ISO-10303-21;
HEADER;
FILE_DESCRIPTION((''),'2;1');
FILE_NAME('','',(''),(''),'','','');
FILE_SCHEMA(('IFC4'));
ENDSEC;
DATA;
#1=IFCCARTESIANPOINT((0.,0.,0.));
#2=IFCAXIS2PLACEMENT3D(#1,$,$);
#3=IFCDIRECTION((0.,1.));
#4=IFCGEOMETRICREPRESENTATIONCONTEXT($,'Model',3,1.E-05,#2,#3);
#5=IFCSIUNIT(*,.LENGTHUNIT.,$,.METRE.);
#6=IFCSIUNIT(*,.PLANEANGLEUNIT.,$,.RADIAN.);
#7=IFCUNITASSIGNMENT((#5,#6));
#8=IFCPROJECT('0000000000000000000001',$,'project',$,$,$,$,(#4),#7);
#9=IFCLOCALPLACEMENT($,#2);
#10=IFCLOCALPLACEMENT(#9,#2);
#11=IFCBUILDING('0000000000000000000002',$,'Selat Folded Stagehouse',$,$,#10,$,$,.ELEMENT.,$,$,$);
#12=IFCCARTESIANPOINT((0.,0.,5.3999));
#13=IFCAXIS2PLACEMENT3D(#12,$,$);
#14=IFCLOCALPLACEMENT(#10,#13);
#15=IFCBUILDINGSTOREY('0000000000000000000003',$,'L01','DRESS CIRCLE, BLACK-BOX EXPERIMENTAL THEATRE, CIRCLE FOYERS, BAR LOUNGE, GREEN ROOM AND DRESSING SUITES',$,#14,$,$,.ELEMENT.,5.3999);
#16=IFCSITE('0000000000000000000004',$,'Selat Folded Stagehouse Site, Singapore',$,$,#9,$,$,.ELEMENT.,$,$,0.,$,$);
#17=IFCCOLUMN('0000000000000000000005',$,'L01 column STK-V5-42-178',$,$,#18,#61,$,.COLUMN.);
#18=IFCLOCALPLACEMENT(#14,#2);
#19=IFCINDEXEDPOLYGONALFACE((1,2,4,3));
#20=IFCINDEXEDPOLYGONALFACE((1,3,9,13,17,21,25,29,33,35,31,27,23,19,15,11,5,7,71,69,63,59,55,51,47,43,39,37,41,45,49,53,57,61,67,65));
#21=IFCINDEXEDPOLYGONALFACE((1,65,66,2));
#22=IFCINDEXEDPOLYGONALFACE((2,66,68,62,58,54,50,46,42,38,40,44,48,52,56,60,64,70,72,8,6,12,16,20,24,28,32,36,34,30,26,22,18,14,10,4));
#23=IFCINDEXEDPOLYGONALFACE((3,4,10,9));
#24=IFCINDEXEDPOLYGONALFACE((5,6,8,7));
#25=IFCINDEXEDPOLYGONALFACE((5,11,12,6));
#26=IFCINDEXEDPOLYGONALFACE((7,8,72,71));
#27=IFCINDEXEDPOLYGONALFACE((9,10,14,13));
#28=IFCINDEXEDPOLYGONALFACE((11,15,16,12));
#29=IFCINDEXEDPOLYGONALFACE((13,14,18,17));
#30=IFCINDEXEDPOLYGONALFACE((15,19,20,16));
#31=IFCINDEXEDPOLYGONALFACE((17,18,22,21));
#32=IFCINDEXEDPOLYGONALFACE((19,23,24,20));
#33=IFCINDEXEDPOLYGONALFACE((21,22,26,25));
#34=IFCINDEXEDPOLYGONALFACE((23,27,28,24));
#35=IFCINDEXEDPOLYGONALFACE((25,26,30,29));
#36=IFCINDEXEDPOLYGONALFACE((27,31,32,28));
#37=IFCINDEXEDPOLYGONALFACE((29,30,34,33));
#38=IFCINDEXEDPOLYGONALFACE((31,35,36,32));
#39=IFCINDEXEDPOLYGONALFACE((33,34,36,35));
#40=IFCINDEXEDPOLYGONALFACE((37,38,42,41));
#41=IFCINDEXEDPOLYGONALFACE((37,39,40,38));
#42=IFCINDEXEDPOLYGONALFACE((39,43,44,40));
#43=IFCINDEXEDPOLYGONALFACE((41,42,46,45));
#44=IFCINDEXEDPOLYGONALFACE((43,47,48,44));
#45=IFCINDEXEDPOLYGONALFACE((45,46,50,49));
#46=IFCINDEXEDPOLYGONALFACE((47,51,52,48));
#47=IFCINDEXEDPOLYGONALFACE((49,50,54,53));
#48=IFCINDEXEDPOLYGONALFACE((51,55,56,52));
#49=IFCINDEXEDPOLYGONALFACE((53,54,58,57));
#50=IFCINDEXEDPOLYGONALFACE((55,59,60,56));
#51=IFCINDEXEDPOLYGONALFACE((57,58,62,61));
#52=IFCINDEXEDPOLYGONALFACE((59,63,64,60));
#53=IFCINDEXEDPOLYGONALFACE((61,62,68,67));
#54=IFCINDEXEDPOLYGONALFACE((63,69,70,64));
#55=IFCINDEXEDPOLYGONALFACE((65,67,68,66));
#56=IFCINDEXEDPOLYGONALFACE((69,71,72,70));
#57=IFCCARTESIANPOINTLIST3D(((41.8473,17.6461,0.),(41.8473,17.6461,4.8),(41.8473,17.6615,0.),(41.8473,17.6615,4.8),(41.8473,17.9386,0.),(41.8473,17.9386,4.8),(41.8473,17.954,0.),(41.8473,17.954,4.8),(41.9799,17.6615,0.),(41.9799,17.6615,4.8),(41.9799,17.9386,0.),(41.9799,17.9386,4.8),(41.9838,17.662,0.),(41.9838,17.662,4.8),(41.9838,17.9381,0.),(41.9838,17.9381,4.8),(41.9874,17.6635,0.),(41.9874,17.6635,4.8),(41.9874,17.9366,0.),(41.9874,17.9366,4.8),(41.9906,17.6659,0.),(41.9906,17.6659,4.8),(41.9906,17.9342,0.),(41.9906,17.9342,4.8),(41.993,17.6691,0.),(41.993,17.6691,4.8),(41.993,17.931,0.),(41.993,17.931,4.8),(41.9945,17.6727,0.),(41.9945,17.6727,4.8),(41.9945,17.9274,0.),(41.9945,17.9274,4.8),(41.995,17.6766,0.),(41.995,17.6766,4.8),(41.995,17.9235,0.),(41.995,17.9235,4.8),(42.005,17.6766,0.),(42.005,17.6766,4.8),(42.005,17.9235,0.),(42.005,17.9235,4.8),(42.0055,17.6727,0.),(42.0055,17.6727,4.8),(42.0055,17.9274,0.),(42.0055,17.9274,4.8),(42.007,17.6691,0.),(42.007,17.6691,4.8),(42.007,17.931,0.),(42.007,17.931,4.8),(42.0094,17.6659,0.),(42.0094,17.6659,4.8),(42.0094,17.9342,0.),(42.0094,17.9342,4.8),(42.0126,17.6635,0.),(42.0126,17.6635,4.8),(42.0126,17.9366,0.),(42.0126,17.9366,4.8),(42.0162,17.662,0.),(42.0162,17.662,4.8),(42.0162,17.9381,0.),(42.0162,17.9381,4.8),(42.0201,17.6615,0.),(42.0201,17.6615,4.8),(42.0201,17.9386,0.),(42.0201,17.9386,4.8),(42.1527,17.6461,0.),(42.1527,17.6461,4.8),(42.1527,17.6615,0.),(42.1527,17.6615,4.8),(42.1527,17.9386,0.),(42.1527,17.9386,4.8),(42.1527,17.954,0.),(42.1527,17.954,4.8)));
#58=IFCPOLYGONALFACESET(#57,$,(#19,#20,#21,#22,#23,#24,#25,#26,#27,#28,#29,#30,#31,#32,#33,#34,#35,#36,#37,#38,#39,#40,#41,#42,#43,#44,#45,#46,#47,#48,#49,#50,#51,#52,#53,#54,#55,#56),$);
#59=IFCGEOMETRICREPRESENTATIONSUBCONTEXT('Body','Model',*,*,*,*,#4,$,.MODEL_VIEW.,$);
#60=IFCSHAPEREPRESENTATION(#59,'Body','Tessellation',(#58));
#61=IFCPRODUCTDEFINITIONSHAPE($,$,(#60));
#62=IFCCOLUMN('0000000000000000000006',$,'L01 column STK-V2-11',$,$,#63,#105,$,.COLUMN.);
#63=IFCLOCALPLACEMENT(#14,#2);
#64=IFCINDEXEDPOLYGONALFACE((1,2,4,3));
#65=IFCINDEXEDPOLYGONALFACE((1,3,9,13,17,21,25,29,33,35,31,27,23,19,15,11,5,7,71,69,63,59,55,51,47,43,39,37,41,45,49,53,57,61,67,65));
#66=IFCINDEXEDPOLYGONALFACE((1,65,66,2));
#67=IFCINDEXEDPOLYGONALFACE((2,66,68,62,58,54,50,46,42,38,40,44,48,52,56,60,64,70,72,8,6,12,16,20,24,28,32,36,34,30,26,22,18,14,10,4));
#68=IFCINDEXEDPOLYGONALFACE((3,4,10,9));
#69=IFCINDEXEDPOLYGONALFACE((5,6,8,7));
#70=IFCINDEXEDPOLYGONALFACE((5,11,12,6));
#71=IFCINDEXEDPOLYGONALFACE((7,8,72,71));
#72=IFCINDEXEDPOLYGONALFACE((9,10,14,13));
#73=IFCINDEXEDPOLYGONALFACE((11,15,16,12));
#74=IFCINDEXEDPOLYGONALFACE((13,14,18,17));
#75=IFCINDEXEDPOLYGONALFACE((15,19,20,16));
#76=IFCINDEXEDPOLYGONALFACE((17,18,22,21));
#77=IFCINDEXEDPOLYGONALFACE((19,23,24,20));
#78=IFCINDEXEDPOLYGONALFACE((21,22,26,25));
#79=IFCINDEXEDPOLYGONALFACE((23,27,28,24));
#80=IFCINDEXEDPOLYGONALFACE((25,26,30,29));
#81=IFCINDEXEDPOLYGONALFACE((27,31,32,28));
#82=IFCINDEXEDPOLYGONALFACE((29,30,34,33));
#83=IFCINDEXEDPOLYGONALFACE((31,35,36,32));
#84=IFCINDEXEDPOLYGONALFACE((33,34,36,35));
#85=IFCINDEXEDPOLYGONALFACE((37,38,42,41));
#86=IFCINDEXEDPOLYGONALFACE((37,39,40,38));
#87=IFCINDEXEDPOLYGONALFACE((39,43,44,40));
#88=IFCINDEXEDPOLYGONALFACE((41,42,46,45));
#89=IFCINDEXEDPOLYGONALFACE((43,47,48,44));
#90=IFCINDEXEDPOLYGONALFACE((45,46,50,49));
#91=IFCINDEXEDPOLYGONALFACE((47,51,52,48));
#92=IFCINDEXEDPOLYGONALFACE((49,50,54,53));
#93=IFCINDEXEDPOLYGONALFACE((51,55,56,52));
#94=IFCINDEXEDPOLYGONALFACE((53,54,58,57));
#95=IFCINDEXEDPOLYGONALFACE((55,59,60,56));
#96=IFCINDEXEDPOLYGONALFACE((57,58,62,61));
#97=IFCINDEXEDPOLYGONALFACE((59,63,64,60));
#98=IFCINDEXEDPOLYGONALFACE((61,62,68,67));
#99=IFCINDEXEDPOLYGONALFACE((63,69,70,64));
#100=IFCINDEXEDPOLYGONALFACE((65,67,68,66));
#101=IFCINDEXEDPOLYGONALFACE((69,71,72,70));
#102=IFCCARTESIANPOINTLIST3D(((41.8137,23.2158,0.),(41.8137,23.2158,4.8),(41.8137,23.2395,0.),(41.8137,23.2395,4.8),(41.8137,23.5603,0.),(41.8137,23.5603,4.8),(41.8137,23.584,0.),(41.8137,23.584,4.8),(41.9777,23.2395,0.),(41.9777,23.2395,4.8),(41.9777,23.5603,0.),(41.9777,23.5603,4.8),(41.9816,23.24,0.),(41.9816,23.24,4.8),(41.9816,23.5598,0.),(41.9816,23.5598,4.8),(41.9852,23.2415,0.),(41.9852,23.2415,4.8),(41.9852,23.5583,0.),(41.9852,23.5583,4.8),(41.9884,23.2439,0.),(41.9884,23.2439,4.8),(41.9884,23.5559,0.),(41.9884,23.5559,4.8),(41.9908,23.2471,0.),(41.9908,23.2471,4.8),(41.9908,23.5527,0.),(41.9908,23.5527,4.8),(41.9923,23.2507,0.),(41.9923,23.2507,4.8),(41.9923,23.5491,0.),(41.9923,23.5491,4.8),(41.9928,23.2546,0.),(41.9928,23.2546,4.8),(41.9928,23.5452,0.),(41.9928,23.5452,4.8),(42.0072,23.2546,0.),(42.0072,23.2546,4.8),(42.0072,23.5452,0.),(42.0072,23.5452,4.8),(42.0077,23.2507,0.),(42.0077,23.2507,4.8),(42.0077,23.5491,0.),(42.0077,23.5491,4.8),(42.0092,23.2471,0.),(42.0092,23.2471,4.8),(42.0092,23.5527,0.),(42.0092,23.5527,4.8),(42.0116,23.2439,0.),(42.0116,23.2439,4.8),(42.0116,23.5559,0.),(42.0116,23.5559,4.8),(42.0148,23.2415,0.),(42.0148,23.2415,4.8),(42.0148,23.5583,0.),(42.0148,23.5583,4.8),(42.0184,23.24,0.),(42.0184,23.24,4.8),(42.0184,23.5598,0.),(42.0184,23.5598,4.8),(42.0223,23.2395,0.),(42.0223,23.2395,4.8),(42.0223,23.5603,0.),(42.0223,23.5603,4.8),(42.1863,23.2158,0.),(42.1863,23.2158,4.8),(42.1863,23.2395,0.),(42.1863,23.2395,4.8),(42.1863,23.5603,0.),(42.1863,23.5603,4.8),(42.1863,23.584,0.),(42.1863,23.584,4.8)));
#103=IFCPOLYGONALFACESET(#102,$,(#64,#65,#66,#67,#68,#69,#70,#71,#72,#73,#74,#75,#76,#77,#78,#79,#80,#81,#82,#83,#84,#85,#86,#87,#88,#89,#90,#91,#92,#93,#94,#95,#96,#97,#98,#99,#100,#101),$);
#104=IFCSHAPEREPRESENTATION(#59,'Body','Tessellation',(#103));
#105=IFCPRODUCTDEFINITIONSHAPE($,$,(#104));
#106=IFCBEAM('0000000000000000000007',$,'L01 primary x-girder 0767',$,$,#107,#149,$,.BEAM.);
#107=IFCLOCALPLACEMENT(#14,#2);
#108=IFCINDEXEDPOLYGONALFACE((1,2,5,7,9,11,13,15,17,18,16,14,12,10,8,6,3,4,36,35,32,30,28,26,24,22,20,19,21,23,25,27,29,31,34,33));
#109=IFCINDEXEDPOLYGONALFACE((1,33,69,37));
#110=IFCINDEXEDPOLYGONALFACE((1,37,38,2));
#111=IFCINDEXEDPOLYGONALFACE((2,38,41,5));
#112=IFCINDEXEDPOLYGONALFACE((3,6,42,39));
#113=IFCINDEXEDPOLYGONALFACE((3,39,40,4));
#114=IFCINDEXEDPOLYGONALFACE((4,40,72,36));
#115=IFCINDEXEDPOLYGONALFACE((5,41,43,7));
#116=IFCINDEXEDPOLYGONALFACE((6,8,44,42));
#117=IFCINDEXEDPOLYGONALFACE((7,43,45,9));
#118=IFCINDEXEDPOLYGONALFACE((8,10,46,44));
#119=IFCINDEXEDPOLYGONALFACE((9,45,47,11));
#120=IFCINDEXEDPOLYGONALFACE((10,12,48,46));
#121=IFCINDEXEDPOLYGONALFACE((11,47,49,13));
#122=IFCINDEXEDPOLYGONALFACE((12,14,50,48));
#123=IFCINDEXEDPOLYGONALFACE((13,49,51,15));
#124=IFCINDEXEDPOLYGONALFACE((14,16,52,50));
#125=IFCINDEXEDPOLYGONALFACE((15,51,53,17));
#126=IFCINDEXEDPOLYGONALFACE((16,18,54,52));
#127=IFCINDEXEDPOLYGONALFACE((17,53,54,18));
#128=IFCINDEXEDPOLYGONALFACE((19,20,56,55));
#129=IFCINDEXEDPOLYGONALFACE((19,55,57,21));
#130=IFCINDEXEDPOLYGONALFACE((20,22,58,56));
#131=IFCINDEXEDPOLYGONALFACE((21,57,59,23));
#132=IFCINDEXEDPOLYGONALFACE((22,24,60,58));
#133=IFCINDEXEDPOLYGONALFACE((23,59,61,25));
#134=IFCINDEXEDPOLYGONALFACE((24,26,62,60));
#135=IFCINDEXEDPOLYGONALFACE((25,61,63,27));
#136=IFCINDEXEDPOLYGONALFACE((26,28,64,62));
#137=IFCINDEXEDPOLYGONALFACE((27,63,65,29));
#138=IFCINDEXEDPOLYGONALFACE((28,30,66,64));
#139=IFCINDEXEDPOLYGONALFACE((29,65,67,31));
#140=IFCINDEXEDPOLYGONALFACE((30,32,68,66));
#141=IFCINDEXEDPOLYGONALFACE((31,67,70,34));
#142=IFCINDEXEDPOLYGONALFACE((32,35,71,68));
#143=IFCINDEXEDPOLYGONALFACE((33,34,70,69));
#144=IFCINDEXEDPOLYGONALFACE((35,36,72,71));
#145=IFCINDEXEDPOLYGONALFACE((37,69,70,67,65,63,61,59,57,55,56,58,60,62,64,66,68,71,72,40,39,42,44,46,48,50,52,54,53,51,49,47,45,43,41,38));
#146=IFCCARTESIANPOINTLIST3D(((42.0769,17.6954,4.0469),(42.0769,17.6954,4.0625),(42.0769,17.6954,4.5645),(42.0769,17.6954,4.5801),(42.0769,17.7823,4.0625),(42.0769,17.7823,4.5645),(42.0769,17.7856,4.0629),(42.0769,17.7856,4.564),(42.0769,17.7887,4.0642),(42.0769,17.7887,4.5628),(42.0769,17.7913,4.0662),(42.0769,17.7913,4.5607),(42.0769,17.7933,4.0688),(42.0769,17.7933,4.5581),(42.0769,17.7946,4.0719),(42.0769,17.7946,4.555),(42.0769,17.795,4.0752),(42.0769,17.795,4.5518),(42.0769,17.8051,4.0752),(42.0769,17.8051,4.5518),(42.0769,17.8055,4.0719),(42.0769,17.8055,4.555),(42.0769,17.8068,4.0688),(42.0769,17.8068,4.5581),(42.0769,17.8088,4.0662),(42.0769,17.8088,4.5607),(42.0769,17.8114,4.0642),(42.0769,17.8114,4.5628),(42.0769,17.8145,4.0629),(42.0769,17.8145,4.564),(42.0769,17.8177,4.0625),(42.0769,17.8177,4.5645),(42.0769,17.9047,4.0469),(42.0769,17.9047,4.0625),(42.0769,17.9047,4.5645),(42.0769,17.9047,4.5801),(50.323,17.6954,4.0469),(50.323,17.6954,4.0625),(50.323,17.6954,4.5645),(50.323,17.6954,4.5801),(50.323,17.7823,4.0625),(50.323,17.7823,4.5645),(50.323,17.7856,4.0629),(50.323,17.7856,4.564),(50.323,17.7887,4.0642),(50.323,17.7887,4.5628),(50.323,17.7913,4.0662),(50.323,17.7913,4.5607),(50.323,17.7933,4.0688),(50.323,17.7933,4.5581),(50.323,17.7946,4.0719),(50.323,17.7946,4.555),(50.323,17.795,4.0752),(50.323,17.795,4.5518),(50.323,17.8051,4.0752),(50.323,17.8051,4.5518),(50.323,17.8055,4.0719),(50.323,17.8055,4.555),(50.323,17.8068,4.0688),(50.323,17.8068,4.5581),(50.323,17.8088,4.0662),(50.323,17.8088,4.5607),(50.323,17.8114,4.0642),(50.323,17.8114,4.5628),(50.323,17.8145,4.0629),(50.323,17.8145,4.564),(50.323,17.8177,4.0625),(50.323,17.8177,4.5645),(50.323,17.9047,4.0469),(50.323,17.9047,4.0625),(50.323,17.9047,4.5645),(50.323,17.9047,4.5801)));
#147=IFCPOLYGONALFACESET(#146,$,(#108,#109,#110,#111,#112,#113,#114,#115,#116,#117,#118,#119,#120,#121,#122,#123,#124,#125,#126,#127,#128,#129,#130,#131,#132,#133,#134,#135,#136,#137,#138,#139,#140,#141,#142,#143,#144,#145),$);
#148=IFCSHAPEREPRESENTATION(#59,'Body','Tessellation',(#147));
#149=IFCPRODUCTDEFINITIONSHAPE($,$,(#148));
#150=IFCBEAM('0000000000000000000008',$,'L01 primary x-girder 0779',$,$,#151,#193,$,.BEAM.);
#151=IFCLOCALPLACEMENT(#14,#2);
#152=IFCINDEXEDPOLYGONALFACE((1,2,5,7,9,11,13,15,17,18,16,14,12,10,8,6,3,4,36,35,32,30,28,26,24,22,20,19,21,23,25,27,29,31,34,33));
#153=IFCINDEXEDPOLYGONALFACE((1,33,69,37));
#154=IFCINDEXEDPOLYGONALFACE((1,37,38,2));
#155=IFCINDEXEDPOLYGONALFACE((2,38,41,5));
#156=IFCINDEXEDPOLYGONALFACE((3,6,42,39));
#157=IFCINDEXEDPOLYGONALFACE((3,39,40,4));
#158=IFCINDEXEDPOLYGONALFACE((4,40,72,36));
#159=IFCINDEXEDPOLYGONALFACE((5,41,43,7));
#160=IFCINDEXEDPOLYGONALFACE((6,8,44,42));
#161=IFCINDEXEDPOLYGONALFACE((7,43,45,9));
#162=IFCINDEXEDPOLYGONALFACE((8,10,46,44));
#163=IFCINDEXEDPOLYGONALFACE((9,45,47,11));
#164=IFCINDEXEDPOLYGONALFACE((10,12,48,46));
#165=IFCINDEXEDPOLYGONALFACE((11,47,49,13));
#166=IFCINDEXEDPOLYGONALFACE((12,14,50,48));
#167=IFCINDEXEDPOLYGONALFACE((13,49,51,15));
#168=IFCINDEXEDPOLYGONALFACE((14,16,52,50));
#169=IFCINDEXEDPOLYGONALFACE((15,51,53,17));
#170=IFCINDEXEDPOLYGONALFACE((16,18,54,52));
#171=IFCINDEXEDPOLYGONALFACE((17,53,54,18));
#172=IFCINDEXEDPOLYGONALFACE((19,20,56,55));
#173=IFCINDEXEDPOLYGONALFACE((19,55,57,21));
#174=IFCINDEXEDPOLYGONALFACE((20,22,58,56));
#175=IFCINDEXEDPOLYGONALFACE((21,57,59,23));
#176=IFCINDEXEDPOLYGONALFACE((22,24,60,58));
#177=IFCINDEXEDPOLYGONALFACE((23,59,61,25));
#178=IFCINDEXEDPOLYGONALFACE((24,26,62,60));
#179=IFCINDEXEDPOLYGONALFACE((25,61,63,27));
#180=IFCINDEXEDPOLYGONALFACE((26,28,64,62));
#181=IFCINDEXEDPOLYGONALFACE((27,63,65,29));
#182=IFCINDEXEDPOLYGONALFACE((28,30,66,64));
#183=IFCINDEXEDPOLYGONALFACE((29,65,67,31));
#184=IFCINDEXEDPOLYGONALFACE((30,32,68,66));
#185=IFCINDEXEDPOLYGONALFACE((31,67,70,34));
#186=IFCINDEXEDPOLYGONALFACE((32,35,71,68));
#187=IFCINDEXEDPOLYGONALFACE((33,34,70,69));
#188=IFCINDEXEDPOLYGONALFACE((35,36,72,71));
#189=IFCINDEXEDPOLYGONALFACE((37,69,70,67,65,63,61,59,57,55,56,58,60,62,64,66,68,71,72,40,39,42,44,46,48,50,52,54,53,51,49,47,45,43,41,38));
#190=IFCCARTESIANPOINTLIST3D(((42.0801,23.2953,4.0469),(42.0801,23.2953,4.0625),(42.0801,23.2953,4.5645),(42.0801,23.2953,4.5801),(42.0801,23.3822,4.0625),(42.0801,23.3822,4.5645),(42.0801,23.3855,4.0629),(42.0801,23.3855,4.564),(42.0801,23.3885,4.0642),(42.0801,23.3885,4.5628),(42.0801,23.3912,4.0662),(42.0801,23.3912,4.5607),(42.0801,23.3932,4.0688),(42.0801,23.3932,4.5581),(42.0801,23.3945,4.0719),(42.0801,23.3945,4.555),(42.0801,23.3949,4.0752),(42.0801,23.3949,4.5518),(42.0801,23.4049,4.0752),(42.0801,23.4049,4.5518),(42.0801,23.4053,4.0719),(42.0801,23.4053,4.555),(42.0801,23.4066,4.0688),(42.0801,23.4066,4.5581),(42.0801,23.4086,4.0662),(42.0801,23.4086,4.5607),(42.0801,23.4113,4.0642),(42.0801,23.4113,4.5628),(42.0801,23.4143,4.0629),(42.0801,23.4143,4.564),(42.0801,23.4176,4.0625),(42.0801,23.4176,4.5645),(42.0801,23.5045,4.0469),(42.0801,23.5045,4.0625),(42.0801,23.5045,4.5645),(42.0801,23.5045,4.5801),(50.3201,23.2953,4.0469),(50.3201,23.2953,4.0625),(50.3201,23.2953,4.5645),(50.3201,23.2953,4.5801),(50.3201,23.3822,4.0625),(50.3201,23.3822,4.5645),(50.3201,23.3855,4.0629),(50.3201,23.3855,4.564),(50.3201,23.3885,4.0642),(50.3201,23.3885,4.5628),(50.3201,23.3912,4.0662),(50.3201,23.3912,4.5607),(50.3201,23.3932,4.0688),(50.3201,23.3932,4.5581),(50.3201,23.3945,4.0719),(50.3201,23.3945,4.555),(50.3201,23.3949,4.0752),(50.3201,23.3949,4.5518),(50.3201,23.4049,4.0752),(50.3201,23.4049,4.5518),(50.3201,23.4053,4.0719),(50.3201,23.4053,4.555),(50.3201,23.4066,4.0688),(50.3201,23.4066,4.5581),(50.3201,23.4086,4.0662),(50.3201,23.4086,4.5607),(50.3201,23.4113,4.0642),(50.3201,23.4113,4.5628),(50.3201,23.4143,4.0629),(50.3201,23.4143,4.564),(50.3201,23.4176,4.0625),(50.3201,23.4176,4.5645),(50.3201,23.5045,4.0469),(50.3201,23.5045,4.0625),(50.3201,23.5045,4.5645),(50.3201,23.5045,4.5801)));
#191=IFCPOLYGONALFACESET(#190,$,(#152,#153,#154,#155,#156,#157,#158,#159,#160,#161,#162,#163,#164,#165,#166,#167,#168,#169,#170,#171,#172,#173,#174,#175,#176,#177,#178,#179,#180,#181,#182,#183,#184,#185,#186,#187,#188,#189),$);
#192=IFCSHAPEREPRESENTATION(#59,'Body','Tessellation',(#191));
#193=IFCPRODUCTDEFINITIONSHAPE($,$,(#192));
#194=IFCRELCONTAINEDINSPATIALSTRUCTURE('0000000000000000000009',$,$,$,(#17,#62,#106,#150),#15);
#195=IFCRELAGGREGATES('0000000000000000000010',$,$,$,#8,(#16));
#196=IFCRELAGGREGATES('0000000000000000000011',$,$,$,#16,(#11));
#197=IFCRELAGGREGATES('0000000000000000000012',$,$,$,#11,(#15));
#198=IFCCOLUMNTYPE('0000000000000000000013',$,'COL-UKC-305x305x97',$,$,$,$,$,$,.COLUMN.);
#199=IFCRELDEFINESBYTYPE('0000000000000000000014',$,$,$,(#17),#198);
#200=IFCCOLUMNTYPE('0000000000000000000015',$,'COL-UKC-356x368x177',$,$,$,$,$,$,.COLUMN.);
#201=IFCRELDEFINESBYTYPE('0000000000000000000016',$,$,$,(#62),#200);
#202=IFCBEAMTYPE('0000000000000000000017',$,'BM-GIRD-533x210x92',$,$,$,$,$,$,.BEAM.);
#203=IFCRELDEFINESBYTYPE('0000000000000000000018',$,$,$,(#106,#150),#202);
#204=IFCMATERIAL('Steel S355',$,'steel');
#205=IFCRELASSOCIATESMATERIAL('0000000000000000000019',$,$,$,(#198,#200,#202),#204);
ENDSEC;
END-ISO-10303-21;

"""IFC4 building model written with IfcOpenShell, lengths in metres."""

from ifc_helpers import new_model, si_unit, direction, frame, origin, origin_2d, place, context, subcontext, project, spatial, i_section, extrude, material, material_profile, profile_set, type_object, element, save


model = new_model("IFC4")

# Units and contexts
model_context = context("Model", 3, precision=1e-05, world=origin(), true_north=direction((0.0, 1.0)))
body_context = subcontext(model_context, "Body", "Model", "MODEL_VIEW")
ifc_project = project(units=[si_unit("LENGTHUNIT", "METRE"), si_unit("PLANEANGLEUNIT", "RADIAN")], contexts=[model_context])

# Site, building, storey
site_placement = place(None, origin())
site = spatial("IfcSite", under=ifc_project, at=site_placement, Name="Selat Folded Stagehouse Site, Singapore", CompositionType="ELEMENT", RefElevation=0.0)
building_placement = place(site_placement, origin())
building = spatial("IfcBuilding", under=site, at=building_placement, Name="Selat Folded Stagehouse", CompositionType="ELEMENT")
storey_placement = place(building_placement, frame((0.0, 0.0, 5.3999)))
storey = spatial("IfcBuildingStorey", under=building, at=storey_placement, Name="L01", Description="DRESS CIRCLE, BLACK-BOX EXPERIMENTAL THEATRE, CIRCLE FOYERS, BAR LOUNGE, GREEN ROOM AND DRESSING SUITES", CompositionType="ELEMENT", Elevation=5.3999)

# Columns
ifc_material_1 = material(Name="Steel S355", Category="steel")
ifc_material_profile_1 = material_profile(ifc_material_1, i_section(OverallWidth=0.3054, OverallDepth=0.3079, WebThickness=0.01, FlangeThickness=0.0154, FilletRadius=0.0151, at=origin_2d()), Name="UKC 305x305x97")
ifc_profile_set_1 = profile_set([ifc_material_profile_1], Name="Steel S355")
column_type_1 = type_object("IfcColumnType", Name="COL-UKC-305x305x97", PredefinedType="COLUMN", material=ifc_profile_set_1)
column_1_placement = place(storey_placement, frame((42.0, 17.8, 0.0), z_axis=(0.0, 0.0, 1.0), x_axis=(1.0, 0.0, 0.0)))
element("IfcColumn", 1, at=column_1_placement, inside=storey, type_object=column_type_1, Name="L01 column STK-V5-42-178", PredefinedType="COLUMN", context=body_context, shape_type="SweptSolid", body=[
    extrude(i_section(OverallWidth=0.3054, OverallDepth=0.3079, WebThickness=0.01, FlangeThickness=0.0154, FilletRadius=0.0151, at=origin_2d()), origin(), (0.0, 0.0, 1.0), 4.8),
])
ifc_material_profile_2 = material_profile(ifc_material_1, i_section(OverallWidth=0.3726, OverallDepth=0.3682, WebThickness=0.0144, FlangeThickness=0.0237, FilletRadius=0.0151, at=origin_2d()), Name="UKC 356x368x177")
ifc_profile_set_2 = profile_set([ifc_material_profile_2], Name="Steel S355")
column_type_2 = type_object("IfcColumnType", Name="COL-UKC-356x368x177", PredefinedType="COLUMN", material=ifc_profile_set_2)
column_2_placement = place(storey_placement, frame((42.0, 23.3999, 0.0), z_axis=(0.0, 0.0, 1.0), x_axis=(1.0, 0.0, 0.0)))
element("IfcColumn", 2, at=column_2_placement, inside=storey, type_object=column_type_2, Name="L01 column STK-V2-11", PredefinedType="COLUMN", context=body_context, shape_type="SweptSolid", body=[
    extrude(i_section(OverallWidth=0.3726, OverallDepth=0.3682, WebThickness=0.0144, FlangeThickness=0.0237, FilletRadius=0.0151, at=origin_2d()), origin(), (0.0, 0.0, 1.0), 4.8),
])

# Beams
ifc_material_profile_3 = material_profile(ifc_material_1, i_section(OverallWidth=0.2092, OverallDepth=0.5332, WebThickness=0.01, FlangeThickness=0.0156, FilletRadius=0.0127, at=origin_2d()), Name="UKB 533x210x92")
ifc_profile_set_3 = profile_set([ifc_material_profile_3], Name="Steel S355")
beam_type_1 = type_object("IfcBeamType", Name="BM-GIRD-533x210x92", PredefinedType="BEAM", material=ifc_profile_set_3)
beam_1_placement = place(storey_placement, frame((42.0769, 17.8, 4.3135), z_axis=(1.0, 0.0, 0.0), x_axis=(0.0, 1.0, 0.0)))
element("IfcBeam", 3, at=beam_1_placement, inside=storey, type_object=beam_type_1, Name="L01 primary x-girder 0767", PredefinedType="BEAM", context=body_context, shape_type="SweptSolid", body=[
    extrude(i_section(OverallWidth=0.2092, OverallDepth=0.5332, WebThickness=0.01, FlangeThickness=0.0156, FilletRadius=0.0127, at=origin_2d()), origin(), (0.0, 0.0, 1.0), 8.2461),
])
beam_2_placement = place(storey_placement, frame((42.0801, 23.3999, 4.3135), z_axis=(1.0, 0.0, 0.0), x_axis=(0.0, 1.0, 0.0)))
element("IfcBeam", 4, at=beam_2_placement, inside=storey, type_object=beam_type_1, Name="L01 primary x-girder 0779", PredefinedType="BEAM", context=body_context, shape_type="SweptSolid", body=[
    extrude(i_section(OverallWidth=0.2092, OverallDepth=0.5332, WebThickness=0.01, FlangeThickness=0.0156, FilletRadius=0.0127, at=origin_2d()), origin(), (0.0, 0.0, 1.0), 8.24),
])

save(model, "model.ifc")
